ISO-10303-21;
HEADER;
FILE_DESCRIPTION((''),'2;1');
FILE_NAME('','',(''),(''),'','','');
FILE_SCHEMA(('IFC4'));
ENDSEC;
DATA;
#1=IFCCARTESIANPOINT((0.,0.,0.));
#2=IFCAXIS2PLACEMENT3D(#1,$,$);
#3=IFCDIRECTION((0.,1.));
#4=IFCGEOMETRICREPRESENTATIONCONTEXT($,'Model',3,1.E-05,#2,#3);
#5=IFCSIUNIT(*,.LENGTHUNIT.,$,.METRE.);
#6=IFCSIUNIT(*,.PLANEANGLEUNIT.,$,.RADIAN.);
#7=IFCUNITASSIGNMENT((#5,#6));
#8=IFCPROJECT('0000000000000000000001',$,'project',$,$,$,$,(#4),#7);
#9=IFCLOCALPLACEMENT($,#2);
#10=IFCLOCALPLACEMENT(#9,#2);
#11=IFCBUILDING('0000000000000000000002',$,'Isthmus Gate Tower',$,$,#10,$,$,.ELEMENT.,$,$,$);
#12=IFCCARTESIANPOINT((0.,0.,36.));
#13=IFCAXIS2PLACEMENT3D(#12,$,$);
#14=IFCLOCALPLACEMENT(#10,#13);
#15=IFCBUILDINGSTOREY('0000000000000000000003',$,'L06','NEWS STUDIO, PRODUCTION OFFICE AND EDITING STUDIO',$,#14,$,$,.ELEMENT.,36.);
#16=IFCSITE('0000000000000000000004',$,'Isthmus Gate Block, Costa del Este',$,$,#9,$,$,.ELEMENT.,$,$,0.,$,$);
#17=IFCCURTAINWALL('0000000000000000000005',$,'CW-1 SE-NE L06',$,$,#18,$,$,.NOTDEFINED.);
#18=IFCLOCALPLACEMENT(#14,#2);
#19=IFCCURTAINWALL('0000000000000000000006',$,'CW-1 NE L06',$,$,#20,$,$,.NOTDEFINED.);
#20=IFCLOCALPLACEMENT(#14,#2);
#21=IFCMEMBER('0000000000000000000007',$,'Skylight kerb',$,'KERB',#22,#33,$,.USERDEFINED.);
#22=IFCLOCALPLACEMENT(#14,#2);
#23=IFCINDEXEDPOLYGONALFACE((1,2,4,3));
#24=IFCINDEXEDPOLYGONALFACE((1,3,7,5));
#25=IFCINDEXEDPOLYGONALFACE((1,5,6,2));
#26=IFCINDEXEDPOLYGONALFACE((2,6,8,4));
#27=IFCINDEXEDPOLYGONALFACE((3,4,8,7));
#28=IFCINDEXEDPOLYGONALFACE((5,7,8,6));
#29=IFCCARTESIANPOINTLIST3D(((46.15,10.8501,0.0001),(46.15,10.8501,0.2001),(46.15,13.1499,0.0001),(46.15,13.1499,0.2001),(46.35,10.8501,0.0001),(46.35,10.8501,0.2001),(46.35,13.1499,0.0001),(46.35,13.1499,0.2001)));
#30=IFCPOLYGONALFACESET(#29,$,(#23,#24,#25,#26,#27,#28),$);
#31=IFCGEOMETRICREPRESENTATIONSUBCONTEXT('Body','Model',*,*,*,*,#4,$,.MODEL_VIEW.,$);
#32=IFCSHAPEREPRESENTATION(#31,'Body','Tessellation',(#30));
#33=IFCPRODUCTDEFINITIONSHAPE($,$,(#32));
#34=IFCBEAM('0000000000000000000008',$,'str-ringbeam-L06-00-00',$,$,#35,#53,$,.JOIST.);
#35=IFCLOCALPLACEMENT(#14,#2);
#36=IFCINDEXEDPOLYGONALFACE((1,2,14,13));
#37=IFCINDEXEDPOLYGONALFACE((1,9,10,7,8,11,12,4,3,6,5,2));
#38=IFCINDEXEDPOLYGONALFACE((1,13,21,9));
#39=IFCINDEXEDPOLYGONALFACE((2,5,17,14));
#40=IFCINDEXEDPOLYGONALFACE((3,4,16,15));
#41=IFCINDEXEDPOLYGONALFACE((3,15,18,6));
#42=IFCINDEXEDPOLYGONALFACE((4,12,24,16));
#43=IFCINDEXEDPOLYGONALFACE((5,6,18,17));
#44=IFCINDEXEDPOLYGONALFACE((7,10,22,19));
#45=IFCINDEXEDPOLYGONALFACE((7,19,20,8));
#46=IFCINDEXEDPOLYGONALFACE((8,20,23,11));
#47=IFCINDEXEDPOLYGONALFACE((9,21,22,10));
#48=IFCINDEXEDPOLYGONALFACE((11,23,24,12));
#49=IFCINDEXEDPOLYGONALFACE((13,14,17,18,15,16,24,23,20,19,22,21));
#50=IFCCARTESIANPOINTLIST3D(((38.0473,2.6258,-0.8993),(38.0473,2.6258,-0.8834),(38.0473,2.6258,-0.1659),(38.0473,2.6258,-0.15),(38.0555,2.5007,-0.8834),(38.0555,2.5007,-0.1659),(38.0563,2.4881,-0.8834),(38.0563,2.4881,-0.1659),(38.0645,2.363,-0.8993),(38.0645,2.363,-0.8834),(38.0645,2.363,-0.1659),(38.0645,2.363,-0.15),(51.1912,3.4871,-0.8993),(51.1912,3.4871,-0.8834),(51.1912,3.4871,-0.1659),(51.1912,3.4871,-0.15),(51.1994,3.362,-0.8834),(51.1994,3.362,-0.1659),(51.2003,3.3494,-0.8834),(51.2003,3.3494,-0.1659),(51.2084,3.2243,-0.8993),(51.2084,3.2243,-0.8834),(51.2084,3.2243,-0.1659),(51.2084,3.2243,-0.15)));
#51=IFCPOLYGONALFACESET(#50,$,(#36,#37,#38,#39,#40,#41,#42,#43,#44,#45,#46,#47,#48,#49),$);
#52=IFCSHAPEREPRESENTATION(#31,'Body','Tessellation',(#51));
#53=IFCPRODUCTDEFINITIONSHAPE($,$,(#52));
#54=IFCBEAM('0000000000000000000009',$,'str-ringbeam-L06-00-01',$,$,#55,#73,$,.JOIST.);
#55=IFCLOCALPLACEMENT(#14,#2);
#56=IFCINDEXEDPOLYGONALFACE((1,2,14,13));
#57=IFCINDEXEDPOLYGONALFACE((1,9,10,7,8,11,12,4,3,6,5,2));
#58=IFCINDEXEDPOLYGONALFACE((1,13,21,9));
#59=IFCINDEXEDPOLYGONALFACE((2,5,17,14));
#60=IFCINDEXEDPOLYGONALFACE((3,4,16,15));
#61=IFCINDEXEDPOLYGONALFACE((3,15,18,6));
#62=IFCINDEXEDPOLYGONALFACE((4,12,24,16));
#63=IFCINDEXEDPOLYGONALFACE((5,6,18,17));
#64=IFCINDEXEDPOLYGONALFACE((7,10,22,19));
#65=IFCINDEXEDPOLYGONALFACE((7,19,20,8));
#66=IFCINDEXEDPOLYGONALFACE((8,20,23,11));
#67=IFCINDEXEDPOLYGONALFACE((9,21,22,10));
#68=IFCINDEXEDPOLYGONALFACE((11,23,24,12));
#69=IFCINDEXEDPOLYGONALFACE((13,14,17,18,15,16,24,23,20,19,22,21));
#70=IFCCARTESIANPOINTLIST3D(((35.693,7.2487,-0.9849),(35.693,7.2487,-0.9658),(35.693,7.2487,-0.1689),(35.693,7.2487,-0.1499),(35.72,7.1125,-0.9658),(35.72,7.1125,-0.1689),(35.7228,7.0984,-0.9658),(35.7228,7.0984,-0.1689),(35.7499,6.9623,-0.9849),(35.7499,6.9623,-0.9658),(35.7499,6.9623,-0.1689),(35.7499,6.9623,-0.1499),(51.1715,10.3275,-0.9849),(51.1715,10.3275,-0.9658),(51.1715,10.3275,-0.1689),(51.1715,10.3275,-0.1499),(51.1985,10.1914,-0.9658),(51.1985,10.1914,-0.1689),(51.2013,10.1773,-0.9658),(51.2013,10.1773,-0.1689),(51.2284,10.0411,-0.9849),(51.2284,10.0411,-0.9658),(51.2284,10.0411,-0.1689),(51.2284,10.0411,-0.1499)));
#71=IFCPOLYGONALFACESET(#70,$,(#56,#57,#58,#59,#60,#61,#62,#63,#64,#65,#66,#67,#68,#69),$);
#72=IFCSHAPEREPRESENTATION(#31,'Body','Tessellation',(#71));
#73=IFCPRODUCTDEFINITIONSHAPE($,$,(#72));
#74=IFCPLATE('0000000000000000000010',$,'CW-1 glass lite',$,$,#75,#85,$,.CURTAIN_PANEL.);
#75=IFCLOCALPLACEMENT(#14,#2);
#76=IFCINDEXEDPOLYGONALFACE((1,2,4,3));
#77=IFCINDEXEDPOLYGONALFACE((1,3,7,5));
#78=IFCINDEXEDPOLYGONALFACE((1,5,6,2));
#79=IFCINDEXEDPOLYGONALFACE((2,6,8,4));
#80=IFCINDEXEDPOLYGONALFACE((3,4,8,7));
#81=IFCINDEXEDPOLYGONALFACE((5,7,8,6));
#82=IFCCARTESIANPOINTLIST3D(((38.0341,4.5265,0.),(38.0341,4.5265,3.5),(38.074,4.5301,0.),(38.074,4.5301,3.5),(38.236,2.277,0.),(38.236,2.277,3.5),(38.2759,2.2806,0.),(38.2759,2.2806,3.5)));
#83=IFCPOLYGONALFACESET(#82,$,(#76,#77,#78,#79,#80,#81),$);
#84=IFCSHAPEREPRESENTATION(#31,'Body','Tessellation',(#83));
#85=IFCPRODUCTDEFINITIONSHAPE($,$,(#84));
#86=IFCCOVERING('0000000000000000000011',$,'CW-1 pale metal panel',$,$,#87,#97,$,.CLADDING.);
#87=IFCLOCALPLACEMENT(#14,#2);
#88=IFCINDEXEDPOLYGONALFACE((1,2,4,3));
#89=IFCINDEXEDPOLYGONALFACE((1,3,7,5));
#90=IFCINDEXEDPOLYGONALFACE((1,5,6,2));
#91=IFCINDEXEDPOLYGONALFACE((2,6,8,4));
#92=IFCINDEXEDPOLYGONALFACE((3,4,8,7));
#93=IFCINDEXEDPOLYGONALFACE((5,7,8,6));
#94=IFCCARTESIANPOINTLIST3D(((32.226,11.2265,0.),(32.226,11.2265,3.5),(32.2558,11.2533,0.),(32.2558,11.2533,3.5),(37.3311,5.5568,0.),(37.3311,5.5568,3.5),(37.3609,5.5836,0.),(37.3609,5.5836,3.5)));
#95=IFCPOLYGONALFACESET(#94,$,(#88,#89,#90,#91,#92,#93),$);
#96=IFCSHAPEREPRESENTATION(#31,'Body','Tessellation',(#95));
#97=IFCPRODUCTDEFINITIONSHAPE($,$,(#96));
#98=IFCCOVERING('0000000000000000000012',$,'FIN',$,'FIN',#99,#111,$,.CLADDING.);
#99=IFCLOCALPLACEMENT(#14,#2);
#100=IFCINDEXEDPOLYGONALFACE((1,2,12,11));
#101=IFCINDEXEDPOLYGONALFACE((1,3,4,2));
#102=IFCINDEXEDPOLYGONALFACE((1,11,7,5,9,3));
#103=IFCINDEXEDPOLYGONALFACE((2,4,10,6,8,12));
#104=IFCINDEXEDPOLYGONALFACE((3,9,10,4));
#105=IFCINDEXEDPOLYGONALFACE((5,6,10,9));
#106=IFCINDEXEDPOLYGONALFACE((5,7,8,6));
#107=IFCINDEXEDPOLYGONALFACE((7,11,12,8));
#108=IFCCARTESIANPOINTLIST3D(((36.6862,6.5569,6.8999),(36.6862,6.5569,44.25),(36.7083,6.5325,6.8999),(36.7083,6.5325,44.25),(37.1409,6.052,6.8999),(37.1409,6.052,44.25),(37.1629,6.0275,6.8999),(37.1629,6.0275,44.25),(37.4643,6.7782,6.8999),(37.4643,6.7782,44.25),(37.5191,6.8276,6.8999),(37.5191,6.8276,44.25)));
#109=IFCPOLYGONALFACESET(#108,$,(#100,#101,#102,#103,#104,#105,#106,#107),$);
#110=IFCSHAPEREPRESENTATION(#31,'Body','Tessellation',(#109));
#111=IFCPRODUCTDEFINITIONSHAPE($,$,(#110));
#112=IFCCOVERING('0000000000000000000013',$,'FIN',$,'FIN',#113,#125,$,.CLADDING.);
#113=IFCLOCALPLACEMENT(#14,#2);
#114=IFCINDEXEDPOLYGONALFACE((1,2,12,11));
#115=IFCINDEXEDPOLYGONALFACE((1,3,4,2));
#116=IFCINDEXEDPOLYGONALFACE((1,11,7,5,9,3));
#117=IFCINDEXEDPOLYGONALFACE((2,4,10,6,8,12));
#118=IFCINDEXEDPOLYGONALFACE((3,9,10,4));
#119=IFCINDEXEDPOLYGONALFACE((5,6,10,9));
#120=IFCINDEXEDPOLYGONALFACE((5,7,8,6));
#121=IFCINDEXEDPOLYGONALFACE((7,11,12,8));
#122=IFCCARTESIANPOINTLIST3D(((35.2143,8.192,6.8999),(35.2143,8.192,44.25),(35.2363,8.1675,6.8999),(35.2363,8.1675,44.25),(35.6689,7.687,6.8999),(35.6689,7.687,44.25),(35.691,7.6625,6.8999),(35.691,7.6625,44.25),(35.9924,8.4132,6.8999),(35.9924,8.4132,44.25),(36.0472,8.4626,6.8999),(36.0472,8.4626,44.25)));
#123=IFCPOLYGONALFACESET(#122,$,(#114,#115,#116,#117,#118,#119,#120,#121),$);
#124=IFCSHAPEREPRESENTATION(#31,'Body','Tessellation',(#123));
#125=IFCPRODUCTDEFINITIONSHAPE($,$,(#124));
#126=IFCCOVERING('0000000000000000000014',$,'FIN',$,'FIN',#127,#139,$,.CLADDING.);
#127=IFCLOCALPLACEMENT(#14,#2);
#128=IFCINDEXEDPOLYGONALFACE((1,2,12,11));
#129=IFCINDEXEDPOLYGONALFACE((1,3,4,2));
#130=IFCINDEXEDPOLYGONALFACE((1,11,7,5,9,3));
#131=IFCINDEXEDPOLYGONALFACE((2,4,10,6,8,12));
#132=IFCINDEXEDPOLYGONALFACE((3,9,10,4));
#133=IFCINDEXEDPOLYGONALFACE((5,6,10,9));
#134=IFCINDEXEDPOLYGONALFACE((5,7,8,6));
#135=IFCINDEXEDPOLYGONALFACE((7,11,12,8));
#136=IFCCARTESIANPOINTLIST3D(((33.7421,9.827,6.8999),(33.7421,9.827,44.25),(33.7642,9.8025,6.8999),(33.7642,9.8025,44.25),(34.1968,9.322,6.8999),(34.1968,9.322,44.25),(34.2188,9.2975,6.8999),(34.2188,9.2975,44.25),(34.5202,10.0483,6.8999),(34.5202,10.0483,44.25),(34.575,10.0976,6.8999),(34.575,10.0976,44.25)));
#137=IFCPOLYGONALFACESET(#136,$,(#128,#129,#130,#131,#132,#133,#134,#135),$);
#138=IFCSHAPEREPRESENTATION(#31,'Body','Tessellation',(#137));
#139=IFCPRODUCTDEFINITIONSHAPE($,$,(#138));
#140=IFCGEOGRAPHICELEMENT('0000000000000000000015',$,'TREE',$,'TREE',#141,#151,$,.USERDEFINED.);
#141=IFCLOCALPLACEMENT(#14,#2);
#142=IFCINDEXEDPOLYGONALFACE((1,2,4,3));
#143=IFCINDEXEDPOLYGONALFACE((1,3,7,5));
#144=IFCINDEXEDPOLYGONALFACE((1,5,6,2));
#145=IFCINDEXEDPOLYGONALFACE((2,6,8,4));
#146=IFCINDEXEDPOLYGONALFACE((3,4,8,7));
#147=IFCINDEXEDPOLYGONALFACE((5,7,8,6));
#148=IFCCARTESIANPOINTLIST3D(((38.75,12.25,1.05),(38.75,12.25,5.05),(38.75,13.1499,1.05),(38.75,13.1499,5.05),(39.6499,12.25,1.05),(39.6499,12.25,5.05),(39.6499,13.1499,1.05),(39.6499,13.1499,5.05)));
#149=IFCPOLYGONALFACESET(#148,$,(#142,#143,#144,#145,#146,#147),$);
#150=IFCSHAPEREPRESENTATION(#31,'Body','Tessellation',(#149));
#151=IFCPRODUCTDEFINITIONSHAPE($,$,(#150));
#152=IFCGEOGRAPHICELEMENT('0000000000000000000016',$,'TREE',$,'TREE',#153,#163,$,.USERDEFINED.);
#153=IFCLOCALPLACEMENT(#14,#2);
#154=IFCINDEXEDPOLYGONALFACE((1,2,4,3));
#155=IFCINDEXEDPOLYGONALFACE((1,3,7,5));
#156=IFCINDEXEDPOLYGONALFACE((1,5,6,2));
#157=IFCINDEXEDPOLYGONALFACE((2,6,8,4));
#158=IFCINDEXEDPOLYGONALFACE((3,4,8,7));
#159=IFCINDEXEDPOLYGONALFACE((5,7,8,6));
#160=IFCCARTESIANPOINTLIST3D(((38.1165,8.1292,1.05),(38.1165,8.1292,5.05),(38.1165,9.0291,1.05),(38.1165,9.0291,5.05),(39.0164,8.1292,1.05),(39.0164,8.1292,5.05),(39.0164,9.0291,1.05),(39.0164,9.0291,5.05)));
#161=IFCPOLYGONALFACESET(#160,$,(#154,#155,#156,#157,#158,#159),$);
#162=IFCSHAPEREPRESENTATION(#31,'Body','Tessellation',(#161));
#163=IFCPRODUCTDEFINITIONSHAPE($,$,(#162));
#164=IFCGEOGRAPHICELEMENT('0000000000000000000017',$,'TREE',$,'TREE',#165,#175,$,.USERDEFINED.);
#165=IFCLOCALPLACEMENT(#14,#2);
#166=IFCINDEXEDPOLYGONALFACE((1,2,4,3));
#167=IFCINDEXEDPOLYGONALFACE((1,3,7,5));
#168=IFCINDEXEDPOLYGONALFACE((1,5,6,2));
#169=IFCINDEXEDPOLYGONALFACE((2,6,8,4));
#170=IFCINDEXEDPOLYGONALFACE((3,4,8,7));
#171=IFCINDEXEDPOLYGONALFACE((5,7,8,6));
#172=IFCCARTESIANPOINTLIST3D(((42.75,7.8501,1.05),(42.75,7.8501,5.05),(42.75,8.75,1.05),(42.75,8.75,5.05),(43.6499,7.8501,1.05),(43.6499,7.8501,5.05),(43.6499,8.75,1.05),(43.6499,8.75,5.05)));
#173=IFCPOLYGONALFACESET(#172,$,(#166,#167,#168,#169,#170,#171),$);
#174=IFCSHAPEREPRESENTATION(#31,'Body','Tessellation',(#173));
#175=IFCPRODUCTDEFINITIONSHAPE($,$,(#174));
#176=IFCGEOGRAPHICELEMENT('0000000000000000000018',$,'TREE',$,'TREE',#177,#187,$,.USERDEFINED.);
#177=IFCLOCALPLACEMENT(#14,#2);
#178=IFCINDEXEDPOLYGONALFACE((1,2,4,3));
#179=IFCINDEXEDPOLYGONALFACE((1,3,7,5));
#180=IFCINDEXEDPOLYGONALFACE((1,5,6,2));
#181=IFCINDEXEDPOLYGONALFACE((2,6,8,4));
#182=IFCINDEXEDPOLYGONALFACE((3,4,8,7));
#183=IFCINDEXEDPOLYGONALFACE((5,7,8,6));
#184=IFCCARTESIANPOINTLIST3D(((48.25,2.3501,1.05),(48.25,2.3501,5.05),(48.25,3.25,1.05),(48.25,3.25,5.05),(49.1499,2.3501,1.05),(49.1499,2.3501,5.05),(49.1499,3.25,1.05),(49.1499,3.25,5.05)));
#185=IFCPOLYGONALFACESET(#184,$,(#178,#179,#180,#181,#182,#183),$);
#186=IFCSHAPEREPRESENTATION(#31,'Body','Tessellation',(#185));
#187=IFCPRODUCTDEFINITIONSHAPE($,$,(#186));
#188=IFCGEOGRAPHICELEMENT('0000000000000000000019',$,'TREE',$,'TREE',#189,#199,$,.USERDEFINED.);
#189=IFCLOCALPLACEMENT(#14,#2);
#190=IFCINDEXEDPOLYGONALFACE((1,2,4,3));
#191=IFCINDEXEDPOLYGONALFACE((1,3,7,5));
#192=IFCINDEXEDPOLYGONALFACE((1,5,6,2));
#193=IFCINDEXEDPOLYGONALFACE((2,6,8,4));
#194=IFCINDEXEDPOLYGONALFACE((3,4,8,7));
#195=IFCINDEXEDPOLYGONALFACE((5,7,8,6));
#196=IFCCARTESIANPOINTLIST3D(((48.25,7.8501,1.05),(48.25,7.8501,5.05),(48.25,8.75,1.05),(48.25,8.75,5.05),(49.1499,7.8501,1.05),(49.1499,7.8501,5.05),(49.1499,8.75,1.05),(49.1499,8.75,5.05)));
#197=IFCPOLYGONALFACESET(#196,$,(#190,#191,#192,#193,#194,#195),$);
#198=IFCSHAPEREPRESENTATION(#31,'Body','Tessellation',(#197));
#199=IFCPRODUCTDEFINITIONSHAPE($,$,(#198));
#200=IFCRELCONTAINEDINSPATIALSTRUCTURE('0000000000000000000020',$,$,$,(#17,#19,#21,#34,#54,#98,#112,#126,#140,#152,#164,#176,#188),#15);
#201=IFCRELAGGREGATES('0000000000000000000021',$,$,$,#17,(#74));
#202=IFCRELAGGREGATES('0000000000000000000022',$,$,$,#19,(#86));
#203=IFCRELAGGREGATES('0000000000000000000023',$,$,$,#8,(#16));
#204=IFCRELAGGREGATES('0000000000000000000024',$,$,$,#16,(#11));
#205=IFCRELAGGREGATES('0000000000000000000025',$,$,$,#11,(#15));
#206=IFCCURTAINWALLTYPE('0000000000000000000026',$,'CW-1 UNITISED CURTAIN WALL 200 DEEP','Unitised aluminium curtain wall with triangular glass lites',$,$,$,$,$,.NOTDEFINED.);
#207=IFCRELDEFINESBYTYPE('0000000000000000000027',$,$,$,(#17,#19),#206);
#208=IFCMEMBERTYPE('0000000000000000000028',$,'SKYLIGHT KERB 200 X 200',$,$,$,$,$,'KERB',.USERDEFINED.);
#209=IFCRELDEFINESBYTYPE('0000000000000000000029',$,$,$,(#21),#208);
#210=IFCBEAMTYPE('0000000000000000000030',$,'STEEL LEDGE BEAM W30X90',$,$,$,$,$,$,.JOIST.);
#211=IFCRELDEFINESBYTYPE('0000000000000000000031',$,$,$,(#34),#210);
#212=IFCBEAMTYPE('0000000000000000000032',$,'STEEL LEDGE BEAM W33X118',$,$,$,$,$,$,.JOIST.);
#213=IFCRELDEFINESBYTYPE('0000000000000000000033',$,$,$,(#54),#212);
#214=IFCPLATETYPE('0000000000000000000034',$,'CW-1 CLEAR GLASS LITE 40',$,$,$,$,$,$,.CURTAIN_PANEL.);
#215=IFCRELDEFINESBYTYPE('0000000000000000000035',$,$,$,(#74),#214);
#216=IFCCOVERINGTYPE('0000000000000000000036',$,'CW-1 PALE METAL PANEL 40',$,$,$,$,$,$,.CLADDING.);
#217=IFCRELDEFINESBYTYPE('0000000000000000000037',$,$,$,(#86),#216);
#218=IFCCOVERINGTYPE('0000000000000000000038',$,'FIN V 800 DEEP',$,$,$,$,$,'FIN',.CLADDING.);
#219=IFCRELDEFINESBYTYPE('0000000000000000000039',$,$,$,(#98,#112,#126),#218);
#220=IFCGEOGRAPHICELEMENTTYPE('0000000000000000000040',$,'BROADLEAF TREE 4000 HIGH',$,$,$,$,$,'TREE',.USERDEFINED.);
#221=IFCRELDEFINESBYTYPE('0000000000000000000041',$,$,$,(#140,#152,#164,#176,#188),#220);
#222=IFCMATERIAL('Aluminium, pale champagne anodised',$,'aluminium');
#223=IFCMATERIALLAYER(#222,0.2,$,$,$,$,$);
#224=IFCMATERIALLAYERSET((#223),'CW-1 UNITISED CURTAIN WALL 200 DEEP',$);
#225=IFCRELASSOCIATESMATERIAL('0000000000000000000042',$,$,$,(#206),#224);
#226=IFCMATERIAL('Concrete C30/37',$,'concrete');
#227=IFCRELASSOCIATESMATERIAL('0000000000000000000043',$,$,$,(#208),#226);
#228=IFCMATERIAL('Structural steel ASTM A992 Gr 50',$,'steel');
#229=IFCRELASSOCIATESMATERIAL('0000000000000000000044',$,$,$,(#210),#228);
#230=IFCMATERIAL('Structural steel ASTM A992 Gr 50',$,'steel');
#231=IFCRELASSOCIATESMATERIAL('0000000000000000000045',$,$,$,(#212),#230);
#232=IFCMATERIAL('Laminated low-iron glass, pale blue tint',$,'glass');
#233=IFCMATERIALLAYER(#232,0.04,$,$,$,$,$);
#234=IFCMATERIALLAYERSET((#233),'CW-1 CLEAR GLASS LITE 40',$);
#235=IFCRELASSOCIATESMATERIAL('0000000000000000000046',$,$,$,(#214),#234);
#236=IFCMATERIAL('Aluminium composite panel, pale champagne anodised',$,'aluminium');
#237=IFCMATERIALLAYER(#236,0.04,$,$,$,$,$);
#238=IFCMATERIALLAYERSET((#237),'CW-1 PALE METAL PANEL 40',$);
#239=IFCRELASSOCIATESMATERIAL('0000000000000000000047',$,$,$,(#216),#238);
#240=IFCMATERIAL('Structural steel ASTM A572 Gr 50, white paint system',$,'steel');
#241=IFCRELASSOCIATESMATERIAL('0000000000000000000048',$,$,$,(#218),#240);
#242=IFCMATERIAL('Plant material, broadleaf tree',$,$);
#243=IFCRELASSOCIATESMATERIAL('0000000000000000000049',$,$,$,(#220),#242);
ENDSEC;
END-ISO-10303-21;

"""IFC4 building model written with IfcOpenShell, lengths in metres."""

from ifc_helpers import new_model, si_unit, direction, frame, origin, origin_2d, place, context, subcontext, project, spatial, polyline, rectangle, i_section, outline, extrude, material, layer, layer_set, material_profile, profile_set, type_object, element, aggregate, save


model = new_model("IFC4")

# Units and contexts
model_context = context("Model", 3, precision=1e-05, world=origin(), true_north=direction((0.0, 1.0)))
body_context = subcontext(model_context, "Body", "Model", "MODEL_VIEW")
ifc_project = project(units=[si_unit("LENGTHUNIT", "METRE"), si_unit("PLANEANGLEUNIT", "RADIAN")], contexts=[model_context])

# Site, building, storey
site_placement = place(None, origin())
site = spatial("IfcSite", under=ifc_project, at=site_placement, Name="Isthmus Gate Block, Costa del Este", CompositionType="ELEMENT", RefElevation=0.0)
building_placement = place(site_placement, origin())
building = spatial("IfcBuilding", under=site, at=building_placement, Name="Isthmus Gate Tower", CompositionType="ELEMENT")
storey_placement = place(building_placement, frame((0.0, 0.0, 36.0)))
storey = spatial("IfcBuildingStorey", under=building, at=storey_placement, Name="L06", Description="NEWS STUDIO, PRODUCTION OFFICE AND EDITING STUDIO", CompositionType="ELEMENT", Elevation=36.0)

# Curtain walls
ifc_material_1 = material(Name="Aluminium, pale champagne anodised", Category="aluminium")
ifc_layer_1 = layer(ifc_material_1, 0.2)
ifc_layer_set_1 = layer_set([ifc_layer_1], Name="CW-1 UNITISED CURTAIN WALL 200 DEEP")
curtain_wall_type = type_object("IfcCurtainWallType", Name="CW-1 UNITISED CURTAIN WALL 200 DEEP", Description="Unitised aluminium curtain wall with triangular glass lites", PredefinedType="NOTDEFINED", material=ifc_layer_set_1)
curtain_wall_1_placement = place(storey_placement, origin())
curtain_wall_1 = element("IfcCurtainWall", 1, at=curtain_wall_1_placement, inside=storey, type_object=curtain_wall_type, Name="CW-1 SE-NE L06", PredefinedType="NOTDEFINED")
curtain_wall_2_placement = place(storey_placement, origin())
curtain_wall_2 = element("IfcCurtainWall", 2, at=curtain_wall_2_placement, inside=storey, type_object=curtain_wall_type, Name="CW-1 NE L06", PredefinedType="NOTDEFINED")

# Member
ifc_material_2 = material(Name="Concrete C30/37", Category="concrete")
ifc_material_profile_1 = material_profile(ifc_material_2, rectangle(XDim=0.2, YDim=0.2, at=origin_2d()), Name="200x200")
ifc_profile_set_1 = profile_set([ifc_material_profile_1], Name="Concrete C30/37")
member_type_1 = type_object("IfcMemberType", Name="SKYLIGHT KERB 200 X 200", ElementType="KERB", PredefinedType="USERDEFINED", material=ifc_profile_set_1)
for number, where, z_axis, x_axis, name in (
    (3, (46.25, 10.8501, 0.1001), (0.0, 1.0, 0.0), (-1.0, 0.0, 0.0), "Skylight kerb"),
):
    element("IfcMember", number, at=place(storey_placement, frame(where, z_axis=z_axis, x_axis=x_axis)), inside=storey, type_object=member_type_1, Name=name, ObjectType="KERB", PredefinedType="USERDEFINED", context=body_context, shape_type="SweptSolid", body=[
        extrude(rectangle(XDim=0.2, YDim=0.2, at=origin_2d()), origin(), (0.0, 0.0, 1.0), 2.2998),
    ])

# Beams
ifc_material_3 = material(Name="Structural steel ASTM A992 Gr 50", Category="steel")
ifc_material_profile_2 = material_profile(ifc_material_3, i_section(OverallWidth=0.2634, OverallDepth=0.7493, WebThickness=0.0127, FlangeThickness=0.0159, at=origin_2d()), Name="W30X90")
ifc_profile_set_2 = profile_set([ifc_material_profile_2], Name="Structural steel ASTM A992 Gr 50")
beam_type_1 = type_object("IfcBeamType", Name="STEEL LEDGE BEAM W30X90", PredefinedType="JOIST", material=ifc_profile_set_2)
beam_1_placement = place(storey_placement, frame((38.0559, 2.4944, -0.5247), z_axis=(0.99786, 0.06539, 0.0), x_axis=(-0.06539, 0.99786, 0.0)))
element("IfcBeam", 4, at=beam_1_placement, inside=storey, type_object=beam_type_1, Name="str-ringbeam-L06-00-00", PredefinedType="JOIST", context=body_context, shape_type="SweptSolid", body=[
    extrude(i_section(OverallWidth=0.2634, OverallDepth=0.7493, WebThickness=0.0127, FlangeThickness=0.0159, at=origin_2d()), origin(), (0.0, 0.0, 1.0), 13.1721),
])
ifc_material_4 = material(Name="Structural steel ASTM A992 Gr 50", Category="steel")
ifc_material_profile_3 = material_profile(ifc_material_4, i_section(OverallWidth=0.292, OverallDepth=0.835, WebThickness=0.0144, FlangeThickness=0.019, at=origin_2d()), Name="W33X118")
ifc_profile_set_3 = profile_set([ifc_material_profile_3], Name="Structural steel ASTM A992 Gr 50")
beam_type_2 = type_object("IfcBeamType", Name="STEEL LEDGE BEAM W33X118", PredefinedType="JOIST", material=ifc_profile_set_3)
beam_2_placement = place(storey_placement, frame((35.7214, 7.1055, -0.5674), z_axis=(0.980785, 0.19509, 0.0), x_axis=(-0.19509, 0.980785, 0.0)))
element("IfcBeam", 5, at=beam_2_placement, inside=storey, type_object=beam_type_2, Name="str-ringbeam-L06-00-01", PredefinedType="JOIST", context=body_context, shape_type="SweptSolid", body=[
    extrude(i_section(OverallWidth=0.292, OverallDepth=0.835, WebThickness=0.0144, FlangeThickness=0.019, at=origin_2d()), origin(), (0.0, 0.0, 1.0), 15.7817),
])

# Plate
ifc_material_5 = material(Name="Laminated low-iron glass, pale blue tint", Category="glass")
ifc_layer_2 = layer(ifc_material_5, 0.04)
ifc_layer_set_2 = layer_set([ifc_layer_2], Name="CW-1 CLEAR GLASS LITE 40")
plate_type = type_object("IfcPlateType", Name="CW-1 CLEAR GLASS LITE 40", PredefinedType="CURTAIN_PANEL", material=ifc_layer_set_2)
plate_placement = place(storey_placement, frame((38.155, 3.4036, 0.0), z_axis=(0.0, 0.0, 1.0), x_axis=(-0.089397, 0.995996, 0.0)))
plate = element("IfcPlate", 6, at=plate_placement, type_object=plate_type, Name="CW-1 glass lite", PredefinedType="CURTAIN_PANEL", context=body_context, shape_type="SweptSolid", body=[
    extrude(rectangle(XDim=2.2585, YDim=0.04, at=origin_2d()), origin(), (0.0, 0.0, 1.0), 3.5),
])
aggregate(curtain_wall_1, [plate])

# Covering
ifc_material_6 = material(Name="Aluminium composite panel, pale champagne anodised", Category="aluminium")
ifc_layer_3 = layer(ifc_material_6, 0.04)
ifc_layer_set_3 = layer_set([ifc_layer_3], Name="CW-1 PALE METAL PANEL 40")
covering_type_1 = type_object("IfcCoveringType", Name="CW-1 PALE METAL PANEL 40", PredefinedType="CLADDING", material=ifc_layer_set_3)
covering_placement = place(storey_placement, frame((34.7935, 8.405, 0.0), z_axis=(0.0, 0.0, 1.0), x_axis=(-0.669131, 0.743145, 0.0)))
covering = element("IfcCovering", 7, at=covering_placement, type_object=covering_type_1, Name="CW-1 pale metal panel", PredefinedType="CLADDING", context=body_context, shape_type="SweptSolid", body=[
    extrude(rectangle(XDim=7.6294, YDim=0.04, at=origin_2d()), origin(), (0.0, 0.0, 1.0), 3.5),
])
aggregate(curtain_wall_2, [covering])

# Coverings
ifc_material_7 = material(Name="Structural steel ASTM A572 Gr 50, white paint system", Category="steel")
ifc_material_profile_4 = material_profile(ifc_material_7, outline(polyline([(0.0, -0.3562), (0.8, 0.0), (0.0, 0.3562), (0.0, 0.3232), (0.7263, 0.0), (0.0, -0.3232), (0.0, -0.3562)])), Name="V800")
ifc_profile_set_4 = profile_set([ifc_material_profile_4], Name="Structural steel ASTM A572 Gr 50, white paint system")
covering_type_2 = type_object("IfcCoveringType", Name="FIN V 800 DEEP", ElementType="FIN", PredefinedType="CLADDING", material=ifc_profile_set_4)
for number, where, z_axis, x_axis, name in (
    (8, (36.9246, 6.2922, 6.8999), (0.0, 0.0, 1.0), (0.743145, 0.669131, 0.0), "FIN"),
    (9, (35.4526, 7.9272, 6.8999), (0.0, 0.0, 1.0), (0.743145, 0.669131, 0.0), "FIN"),
    (10, (33.9805, 9.5623, 6.8999), (0.0, 0.0, 1.0), (0.743145, 0.669131, 0.0), "FIN"),
):
    element("IfcCovering", number, at=place(storey_placement, frame(where, z_axis=z_axis, x_axis=x_axis)), inside=storey, type_object=covering_type_2, Name=name, ObjectType="FIN", PredefinedType="CLADDING", context=body_context, shape_type="SweptSolid", body=[
        extrude(outline(polyline([(0.0, -0.3562), (0.8, 0.0), (0.0, 0.3562), (0.0, 0.3232), (0.7263, 0.0), (0.0, -0.3232), (0.0, -0.3562)])), origin(), (0.0, 0.0, 1.0), 37.3501),
    ])

# Geographic elements
ifc_material_8 = material(Name="Plant material, broadleaf tree")
geographic_element_type = type_object("IfcGeographicElementType", Name="BROADLEAF TREE 4000 HIGH", ElementType="TREE", PredefinedType="USERDEFINED", material=ifc_material_8)
for number, where, z_axis, x_axis, name in (
    (11, (39.2, 12.7, 1.05), (0.0, 0.0, 1.0), (1.0, 0.0, 0.0), "TREE"),
    (12, (38.5664, 8.5791, 1.05), (0.0, 0.0, 1.0), (1.0, 0.0, 0.0), "TREE"),
    (13, (43.2, 8.3, 1.05), (0.0, 0.0, 1.0), (1.0, 0.0, 0.0), "TREE"),
    (14, (48.7, 2.8, 1.05), (0.0, 0.0, 1.0), (1.0, 0.0, 0.0), "TREE"),
    (15, (48.7, 8.3, 1.05), (0.0, 0.0, 1.0), (1.0, 0.0, 0.0), "TREE"),
):
    element("IfcGeographicElement", number, at=place(storey_placement, frame(where, z_axis=z_axis, x_axis=x_axis)), inside=storey, type_object=geographic_element_type, Name=name, ObjectType="TREE", PredefinedType="USERDEFINED", context=body_context, shape_type="SweptSolid", body=[
        extrude(rectangle(XDim=0.8999, YDim=0.8999, at=origin_2d()), origin(), (0.0, 0.0, 1.0), 4.0),
    ])

save(model, "model.ifc")
